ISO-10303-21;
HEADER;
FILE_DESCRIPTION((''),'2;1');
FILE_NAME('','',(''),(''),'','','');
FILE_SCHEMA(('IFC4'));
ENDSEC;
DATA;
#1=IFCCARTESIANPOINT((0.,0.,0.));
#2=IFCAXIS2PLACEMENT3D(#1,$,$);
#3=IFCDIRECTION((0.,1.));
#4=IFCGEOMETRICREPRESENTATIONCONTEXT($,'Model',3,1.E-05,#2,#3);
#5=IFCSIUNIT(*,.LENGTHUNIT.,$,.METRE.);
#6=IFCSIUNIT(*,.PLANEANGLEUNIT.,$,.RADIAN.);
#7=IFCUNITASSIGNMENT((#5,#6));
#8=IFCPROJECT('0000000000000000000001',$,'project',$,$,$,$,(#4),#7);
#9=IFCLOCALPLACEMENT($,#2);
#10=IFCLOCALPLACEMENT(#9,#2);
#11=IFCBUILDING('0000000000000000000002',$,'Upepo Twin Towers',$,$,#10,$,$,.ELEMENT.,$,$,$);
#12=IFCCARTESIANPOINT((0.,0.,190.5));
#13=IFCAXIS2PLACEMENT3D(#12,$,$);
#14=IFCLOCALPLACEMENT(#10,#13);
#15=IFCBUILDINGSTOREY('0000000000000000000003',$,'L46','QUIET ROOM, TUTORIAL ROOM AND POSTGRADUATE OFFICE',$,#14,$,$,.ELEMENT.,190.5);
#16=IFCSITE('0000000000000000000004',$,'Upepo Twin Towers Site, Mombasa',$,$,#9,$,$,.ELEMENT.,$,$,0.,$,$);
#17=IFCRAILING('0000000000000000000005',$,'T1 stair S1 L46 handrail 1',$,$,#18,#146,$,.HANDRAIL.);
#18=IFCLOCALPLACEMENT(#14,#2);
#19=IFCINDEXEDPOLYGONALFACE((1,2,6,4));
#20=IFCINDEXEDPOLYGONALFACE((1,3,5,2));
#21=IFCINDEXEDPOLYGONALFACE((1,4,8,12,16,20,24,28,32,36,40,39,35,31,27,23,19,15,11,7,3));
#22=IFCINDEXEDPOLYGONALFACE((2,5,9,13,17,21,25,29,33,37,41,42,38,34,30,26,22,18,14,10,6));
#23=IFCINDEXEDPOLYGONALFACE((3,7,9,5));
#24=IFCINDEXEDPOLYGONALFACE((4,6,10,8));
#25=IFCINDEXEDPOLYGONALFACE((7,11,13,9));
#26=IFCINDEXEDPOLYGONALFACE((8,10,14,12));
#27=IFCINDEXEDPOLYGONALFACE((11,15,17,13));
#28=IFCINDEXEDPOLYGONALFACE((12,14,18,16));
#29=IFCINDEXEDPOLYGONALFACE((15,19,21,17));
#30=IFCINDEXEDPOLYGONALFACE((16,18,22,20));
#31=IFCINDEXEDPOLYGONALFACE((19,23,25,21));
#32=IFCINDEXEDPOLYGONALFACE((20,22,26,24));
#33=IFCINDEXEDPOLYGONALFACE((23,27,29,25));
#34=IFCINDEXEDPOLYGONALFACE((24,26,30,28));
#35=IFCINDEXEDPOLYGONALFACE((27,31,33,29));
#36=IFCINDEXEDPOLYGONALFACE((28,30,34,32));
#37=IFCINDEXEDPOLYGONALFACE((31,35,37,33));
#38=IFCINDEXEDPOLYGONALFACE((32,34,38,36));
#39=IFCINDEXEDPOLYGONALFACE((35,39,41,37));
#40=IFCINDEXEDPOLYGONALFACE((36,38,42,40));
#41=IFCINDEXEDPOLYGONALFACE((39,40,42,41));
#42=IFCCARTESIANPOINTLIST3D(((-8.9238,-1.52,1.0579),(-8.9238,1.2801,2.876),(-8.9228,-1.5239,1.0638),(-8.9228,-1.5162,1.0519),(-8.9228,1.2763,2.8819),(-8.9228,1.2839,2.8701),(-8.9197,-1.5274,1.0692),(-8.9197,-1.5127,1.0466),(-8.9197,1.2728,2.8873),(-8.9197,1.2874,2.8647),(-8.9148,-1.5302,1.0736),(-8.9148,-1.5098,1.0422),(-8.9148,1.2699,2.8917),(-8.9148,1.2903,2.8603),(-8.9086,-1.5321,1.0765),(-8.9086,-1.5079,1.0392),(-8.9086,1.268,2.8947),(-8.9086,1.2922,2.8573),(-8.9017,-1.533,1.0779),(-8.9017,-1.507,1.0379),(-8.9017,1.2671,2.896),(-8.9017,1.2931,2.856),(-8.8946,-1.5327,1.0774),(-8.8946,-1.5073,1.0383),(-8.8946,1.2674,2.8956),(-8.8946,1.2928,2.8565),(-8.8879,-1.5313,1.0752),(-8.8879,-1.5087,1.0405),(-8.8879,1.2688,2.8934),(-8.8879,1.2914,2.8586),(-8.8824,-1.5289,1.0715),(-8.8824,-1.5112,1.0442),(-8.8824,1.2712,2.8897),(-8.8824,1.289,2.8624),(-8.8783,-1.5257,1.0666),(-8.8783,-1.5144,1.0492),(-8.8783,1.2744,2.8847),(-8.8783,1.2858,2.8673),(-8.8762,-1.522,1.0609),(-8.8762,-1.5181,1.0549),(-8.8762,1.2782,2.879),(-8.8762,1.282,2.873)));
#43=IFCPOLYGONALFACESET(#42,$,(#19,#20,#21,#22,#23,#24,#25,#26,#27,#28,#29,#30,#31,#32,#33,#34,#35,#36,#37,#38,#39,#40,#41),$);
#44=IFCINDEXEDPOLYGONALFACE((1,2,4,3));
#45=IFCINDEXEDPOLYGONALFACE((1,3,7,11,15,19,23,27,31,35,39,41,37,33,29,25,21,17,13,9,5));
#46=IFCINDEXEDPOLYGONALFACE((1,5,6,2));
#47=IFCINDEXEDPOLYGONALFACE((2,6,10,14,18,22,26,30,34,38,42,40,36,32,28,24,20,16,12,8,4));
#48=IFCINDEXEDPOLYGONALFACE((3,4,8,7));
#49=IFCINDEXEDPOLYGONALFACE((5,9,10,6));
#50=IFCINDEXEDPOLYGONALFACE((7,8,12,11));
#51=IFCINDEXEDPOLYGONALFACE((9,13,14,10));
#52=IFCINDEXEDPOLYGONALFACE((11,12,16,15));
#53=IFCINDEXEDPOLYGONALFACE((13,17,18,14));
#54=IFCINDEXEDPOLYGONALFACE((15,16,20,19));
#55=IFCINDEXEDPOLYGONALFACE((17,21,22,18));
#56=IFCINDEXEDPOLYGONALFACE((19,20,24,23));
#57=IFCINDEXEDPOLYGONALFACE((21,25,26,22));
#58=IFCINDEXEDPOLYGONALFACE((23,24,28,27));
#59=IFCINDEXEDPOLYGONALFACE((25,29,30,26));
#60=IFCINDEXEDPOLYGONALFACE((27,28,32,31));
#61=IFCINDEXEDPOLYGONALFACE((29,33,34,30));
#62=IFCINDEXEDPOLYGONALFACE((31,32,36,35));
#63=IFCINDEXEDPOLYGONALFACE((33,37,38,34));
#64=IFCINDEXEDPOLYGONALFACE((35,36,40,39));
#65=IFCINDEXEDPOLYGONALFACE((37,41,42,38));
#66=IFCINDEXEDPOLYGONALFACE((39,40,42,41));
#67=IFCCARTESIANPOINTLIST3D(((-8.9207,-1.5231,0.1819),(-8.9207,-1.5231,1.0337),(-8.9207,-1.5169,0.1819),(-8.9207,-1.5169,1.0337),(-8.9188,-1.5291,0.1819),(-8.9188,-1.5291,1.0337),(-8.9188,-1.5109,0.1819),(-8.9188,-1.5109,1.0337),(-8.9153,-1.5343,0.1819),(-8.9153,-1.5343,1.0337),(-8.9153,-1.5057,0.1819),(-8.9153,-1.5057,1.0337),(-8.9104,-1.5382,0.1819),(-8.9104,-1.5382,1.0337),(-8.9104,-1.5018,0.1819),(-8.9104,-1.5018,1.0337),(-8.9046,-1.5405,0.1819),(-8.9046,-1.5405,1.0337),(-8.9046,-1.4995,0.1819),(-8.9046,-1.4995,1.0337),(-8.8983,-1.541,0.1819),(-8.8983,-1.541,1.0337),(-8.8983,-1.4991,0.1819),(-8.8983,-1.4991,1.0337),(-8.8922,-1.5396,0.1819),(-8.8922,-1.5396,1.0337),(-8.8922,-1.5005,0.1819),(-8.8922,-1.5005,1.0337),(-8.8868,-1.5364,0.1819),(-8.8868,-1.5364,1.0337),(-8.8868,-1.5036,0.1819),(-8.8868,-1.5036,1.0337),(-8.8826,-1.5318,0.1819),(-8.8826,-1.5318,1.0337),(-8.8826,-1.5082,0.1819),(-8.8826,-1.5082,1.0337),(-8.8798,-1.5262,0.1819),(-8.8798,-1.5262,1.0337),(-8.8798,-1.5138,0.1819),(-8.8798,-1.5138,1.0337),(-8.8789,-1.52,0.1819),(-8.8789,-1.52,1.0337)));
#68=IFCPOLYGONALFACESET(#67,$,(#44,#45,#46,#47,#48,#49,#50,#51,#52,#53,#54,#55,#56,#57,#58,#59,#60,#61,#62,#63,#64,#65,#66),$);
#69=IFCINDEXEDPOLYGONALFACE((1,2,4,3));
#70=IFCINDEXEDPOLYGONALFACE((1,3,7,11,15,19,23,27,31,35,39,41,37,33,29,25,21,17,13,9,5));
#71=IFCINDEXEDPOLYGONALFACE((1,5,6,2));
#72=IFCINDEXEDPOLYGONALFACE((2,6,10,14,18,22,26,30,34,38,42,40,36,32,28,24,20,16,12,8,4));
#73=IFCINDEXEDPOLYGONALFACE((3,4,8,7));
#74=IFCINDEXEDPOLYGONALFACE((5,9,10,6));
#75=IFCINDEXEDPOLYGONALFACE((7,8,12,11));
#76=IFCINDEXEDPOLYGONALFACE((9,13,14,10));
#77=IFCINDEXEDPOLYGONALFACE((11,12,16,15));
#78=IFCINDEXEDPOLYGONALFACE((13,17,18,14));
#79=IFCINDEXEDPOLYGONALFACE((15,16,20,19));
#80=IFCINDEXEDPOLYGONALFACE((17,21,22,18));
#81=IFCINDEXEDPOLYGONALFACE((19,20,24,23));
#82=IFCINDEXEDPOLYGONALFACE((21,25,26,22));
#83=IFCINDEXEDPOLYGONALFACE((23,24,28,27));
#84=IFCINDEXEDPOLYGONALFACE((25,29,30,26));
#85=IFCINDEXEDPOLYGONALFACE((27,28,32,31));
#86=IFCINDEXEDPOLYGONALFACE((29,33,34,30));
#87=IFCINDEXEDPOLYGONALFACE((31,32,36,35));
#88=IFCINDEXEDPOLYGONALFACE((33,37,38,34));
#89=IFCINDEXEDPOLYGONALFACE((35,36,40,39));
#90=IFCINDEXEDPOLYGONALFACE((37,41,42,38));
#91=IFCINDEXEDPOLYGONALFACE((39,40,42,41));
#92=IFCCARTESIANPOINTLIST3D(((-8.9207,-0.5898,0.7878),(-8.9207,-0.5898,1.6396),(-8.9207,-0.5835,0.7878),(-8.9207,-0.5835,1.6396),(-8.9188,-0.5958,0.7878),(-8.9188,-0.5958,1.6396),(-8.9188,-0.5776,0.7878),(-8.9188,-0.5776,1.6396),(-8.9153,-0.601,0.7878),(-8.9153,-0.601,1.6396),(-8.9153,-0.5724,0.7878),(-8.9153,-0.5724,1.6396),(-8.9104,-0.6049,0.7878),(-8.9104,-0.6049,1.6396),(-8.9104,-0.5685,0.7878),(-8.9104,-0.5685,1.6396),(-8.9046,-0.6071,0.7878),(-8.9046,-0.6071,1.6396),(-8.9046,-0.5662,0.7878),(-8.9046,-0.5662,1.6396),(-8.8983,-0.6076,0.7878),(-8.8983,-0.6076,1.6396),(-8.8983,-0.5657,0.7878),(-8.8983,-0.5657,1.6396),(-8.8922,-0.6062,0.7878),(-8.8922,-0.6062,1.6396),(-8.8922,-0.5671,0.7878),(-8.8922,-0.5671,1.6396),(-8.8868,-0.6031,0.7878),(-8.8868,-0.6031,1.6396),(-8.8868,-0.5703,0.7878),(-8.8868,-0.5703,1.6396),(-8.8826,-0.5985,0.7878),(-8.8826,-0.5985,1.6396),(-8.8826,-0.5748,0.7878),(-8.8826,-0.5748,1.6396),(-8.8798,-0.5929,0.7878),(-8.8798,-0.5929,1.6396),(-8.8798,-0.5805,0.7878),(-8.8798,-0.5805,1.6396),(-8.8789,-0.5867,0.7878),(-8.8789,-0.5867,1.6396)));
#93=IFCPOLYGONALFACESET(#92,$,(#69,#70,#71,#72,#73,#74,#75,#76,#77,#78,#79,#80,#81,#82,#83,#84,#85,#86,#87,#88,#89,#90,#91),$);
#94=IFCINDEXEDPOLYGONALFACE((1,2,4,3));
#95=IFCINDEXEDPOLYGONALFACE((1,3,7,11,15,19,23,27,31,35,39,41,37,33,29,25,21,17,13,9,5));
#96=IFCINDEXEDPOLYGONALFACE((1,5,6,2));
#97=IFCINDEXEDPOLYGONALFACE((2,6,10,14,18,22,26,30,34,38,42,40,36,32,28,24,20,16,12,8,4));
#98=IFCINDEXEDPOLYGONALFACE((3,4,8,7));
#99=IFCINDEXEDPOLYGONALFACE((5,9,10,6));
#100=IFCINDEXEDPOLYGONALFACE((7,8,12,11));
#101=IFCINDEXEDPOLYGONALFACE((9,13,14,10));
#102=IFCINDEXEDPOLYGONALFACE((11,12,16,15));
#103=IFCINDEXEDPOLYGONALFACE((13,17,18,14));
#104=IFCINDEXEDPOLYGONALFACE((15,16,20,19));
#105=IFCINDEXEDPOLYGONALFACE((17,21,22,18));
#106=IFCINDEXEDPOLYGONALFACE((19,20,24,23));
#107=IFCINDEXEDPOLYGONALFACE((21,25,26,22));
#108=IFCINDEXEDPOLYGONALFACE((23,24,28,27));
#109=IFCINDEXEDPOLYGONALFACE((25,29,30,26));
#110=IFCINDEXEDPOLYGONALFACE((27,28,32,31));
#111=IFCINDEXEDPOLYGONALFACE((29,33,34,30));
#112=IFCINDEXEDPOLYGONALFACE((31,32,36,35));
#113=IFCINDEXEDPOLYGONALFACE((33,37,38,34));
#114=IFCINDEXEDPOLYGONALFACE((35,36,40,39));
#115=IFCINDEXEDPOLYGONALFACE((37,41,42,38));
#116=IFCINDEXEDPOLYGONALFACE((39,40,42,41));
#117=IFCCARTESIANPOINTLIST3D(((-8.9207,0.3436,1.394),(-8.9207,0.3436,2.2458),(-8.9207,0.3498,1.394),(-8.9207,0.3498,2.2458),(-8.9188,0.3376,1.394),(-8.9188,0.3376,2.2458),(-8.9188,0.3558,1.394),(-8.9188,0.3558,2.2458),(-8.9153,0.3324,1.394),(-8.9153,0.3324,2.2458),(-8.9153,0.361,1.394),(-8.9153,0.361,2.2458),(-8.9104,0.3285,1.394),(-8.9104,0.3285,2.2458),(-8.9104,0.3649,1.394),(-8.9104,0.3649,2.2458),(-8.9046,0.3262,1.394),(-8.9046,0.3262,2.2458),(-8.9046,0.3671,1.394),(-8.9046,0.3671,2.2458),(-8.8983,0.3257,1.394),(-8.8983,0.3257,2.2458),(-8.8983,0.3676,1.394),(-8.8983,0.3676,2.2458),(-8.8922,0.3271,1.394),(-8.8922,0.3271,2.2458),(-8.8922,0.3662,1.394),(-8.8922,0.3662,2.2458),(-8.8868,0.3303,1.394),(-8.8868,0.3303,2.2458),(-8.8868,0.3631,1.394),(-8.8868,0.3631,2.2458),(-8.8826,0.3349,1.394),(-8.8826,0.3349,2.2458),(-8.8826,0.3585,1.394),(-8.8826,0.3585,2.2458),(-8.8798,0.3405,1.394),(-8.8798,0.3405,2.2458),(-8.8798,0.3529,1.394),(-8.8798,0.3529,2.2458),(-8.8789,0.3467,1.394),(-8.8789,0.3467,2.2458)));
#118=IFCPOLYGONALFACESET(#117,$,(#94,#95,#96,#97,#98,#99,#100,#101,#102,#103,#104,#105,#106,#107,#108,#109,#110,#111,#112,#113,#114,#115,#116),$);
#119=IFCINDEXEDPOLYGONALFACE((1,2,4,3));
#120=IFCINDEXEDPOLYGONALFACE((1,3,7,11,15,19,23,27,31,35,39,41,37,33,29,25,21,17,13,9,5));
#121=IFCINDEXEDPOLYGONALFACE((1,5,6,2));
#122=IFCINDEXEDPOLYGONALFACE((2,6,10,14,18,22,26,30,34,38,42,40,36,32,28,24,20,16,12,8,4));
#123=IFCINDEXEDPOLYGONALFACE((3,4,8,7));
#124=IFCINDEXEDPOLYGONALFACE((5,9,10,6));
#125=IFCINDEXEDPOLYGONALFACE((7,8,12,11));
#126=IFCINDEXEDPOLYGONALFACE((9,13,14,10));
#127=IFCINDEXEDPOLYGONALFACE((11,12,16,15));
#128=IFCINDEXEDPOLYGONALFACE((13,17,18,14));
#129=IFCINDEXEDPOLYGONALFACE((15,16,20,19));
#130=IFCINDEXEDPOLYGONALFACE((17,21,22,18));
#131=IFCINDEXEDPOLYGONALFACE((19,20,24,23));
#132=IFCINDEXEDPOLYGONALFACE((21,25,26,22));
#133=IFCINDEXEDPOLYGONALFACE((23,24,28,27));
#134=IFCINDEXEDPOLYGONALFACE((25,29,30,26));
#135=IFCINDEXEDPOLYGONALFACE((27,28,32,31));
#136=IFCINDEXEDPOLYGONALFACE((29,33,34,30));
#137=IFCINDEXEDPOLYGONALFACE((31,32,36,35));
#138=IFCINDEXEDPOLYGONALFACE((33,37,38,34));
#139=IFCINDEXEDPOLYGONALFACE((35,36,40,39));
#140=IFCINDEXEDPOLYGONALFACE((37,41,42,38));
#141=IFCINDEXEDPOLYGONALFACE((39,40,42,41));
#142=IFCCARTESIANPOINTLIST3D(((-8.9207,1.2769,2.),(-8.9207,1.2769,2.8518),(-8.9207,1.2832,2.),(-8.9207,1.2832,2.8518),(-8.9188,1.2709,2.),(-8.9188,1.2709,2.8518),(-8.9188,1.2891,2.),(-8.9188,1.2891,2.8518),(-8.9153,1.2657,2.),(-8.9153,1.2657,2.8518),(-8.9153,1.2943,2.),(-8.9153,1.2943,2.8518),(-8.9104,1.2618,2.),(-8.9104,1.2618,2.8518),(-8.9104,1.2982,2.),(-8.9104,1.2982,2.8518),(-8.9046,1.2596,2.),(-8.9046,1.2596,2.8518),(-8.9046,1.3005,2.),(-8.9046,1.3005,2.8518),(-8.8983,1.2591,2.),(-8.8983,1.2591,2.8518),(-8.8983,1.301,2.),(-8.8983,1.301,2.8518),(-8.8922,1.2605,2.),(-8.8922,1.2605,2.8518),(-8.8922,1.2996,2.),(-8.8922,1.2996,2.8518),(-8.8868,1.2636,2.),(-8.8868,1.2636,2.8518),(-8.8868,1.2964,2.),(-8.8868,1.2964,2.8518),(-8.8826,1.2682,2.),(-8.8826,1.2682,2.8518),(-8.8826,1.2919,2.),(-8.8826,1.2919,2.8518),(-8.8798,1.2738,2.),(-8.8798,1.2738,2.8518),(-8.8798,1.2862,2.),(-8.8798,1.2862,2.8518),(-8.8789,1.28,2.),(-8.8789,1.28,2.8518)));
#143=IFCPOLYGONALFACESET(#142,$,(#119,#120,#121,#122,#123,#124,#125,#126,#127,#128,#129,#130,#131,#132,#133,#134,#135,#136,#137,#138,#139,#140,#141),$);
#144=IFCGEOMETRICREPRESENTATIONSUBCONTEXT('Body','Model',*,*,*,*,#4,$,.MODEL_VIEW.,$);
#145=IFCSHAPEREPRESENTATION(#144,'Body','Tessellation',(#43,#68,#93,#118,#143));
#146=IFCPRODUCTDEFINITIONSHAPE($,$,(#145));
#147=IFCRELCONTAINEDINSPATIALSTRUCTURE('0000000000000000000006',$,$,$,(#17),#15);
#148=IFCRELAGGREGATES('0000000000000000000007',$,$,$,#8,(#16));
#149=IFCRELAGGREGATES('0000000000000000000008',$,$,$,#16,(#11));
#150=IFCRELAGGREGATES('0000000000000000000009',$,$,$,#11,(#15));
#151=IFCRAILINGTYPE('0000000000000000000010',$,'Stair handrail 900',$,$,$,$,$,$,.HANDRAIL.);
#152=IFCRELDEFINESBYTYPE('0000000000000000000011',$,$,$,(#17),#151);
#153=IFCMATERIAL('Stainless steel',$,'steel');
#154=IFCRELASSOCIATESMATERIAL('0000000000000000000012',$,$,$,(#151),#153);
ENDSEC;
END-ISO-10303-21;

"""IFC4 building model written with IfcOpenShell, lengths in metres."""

from ifc_helpers import new_model, si_unit, direction, frame, origin, origin_2d, place, context, subcontext, project, spatial, circle, extrude, material, type_object, element, save


model = new_model("IFC4")

# Units and contexts
model_context = context("Model", 3, precision=1e-05, world=origin(), true_north=direction((0.0, 1.0)))
body_context = subcontext(model_context, "Body", "Model", "MODEL_VIEW")
ifc_project = project(units=[si_unit("LENGTHUNIT", "METRE"), si_unit("PLANEANGLEUNIT", "RADIAN")], contexts=[model_context])

# Site, building, storey
site_placement = place(None, origin())
site = spatial("IfcSite", under=ifc_project, at=site_placement, Name="Upepo Twin Towers Site, Mombasa", CompositionType="ELEMENT", RefElevation=0.0)
building_placement = place(site_placement, origin())
building = spatial("IfcBuilding", under=site, at=building_placement, Name="Upepo Twin Towers", CompositionType="ELEMENT")
storey_placement = place(building_placement, frame((0.0, 0.0, 190.5)))
storey = spatial("IfcBuildingStorey", under=building, at=storey_placement, Name="L46", Description="QUIET ROOM, TUTORIAL ROOM AND POSTGRADUATE OFFICE", CompositionType="ELEMENT", Elevation=190.5)

# Railing
ifc_material_1 = material(Name="Stainless steel", Category="steel")
railing_type = type_object("IfcRailingType", Name="Stair handrail 900", PredefinedType="HANDRAIL", material=ifc_material_1)
railing_1_placement = place(storey_placement, frame((-8.8999, -1.52, 0.1819)))
element("IfcRailing", 1, at=railing_1_placement, inside=storey, type_object=railing_type, Name="T1 stair S1 L46 handrail 1", PredefinedType="HANDRAIL", context=body_context, shape_type="SweptSolid", body=[
    extrude(circle(Radius=0.0239, at=origin_2d()), frame((0.0, 0.0, 0.876), z_axis=(0.0, 0.838706, 0.544585), x_axis=(-1.0, 0.0, 0.0)), (0.0, 0.0, 1.0), 3.3386),
    extrude(circle(Radius=0.021, at=origin_2d()), origin(), (0.0, 0.0, 1.0), 0.8518),
    extrude(circle(Radius=0.021, at=origin_2d()), frame((0.0, 0.9333, 0.606)), (0.0, 0.0, 1.0), 0.8518),
    extrude(circle(Radius=0.021, at=origin_2d()), frame((0.0, 1.8667, 1.2122)), (0.0, 0.0, 1.0), 0.8518),
    extrude(circle(Radius=0.021, at=origin_2d()), frame((0.0, 2.8, 1.8181)), (0.0, 0.0, 1.0), 0.8518),
])

save(model, "model.ifc")
